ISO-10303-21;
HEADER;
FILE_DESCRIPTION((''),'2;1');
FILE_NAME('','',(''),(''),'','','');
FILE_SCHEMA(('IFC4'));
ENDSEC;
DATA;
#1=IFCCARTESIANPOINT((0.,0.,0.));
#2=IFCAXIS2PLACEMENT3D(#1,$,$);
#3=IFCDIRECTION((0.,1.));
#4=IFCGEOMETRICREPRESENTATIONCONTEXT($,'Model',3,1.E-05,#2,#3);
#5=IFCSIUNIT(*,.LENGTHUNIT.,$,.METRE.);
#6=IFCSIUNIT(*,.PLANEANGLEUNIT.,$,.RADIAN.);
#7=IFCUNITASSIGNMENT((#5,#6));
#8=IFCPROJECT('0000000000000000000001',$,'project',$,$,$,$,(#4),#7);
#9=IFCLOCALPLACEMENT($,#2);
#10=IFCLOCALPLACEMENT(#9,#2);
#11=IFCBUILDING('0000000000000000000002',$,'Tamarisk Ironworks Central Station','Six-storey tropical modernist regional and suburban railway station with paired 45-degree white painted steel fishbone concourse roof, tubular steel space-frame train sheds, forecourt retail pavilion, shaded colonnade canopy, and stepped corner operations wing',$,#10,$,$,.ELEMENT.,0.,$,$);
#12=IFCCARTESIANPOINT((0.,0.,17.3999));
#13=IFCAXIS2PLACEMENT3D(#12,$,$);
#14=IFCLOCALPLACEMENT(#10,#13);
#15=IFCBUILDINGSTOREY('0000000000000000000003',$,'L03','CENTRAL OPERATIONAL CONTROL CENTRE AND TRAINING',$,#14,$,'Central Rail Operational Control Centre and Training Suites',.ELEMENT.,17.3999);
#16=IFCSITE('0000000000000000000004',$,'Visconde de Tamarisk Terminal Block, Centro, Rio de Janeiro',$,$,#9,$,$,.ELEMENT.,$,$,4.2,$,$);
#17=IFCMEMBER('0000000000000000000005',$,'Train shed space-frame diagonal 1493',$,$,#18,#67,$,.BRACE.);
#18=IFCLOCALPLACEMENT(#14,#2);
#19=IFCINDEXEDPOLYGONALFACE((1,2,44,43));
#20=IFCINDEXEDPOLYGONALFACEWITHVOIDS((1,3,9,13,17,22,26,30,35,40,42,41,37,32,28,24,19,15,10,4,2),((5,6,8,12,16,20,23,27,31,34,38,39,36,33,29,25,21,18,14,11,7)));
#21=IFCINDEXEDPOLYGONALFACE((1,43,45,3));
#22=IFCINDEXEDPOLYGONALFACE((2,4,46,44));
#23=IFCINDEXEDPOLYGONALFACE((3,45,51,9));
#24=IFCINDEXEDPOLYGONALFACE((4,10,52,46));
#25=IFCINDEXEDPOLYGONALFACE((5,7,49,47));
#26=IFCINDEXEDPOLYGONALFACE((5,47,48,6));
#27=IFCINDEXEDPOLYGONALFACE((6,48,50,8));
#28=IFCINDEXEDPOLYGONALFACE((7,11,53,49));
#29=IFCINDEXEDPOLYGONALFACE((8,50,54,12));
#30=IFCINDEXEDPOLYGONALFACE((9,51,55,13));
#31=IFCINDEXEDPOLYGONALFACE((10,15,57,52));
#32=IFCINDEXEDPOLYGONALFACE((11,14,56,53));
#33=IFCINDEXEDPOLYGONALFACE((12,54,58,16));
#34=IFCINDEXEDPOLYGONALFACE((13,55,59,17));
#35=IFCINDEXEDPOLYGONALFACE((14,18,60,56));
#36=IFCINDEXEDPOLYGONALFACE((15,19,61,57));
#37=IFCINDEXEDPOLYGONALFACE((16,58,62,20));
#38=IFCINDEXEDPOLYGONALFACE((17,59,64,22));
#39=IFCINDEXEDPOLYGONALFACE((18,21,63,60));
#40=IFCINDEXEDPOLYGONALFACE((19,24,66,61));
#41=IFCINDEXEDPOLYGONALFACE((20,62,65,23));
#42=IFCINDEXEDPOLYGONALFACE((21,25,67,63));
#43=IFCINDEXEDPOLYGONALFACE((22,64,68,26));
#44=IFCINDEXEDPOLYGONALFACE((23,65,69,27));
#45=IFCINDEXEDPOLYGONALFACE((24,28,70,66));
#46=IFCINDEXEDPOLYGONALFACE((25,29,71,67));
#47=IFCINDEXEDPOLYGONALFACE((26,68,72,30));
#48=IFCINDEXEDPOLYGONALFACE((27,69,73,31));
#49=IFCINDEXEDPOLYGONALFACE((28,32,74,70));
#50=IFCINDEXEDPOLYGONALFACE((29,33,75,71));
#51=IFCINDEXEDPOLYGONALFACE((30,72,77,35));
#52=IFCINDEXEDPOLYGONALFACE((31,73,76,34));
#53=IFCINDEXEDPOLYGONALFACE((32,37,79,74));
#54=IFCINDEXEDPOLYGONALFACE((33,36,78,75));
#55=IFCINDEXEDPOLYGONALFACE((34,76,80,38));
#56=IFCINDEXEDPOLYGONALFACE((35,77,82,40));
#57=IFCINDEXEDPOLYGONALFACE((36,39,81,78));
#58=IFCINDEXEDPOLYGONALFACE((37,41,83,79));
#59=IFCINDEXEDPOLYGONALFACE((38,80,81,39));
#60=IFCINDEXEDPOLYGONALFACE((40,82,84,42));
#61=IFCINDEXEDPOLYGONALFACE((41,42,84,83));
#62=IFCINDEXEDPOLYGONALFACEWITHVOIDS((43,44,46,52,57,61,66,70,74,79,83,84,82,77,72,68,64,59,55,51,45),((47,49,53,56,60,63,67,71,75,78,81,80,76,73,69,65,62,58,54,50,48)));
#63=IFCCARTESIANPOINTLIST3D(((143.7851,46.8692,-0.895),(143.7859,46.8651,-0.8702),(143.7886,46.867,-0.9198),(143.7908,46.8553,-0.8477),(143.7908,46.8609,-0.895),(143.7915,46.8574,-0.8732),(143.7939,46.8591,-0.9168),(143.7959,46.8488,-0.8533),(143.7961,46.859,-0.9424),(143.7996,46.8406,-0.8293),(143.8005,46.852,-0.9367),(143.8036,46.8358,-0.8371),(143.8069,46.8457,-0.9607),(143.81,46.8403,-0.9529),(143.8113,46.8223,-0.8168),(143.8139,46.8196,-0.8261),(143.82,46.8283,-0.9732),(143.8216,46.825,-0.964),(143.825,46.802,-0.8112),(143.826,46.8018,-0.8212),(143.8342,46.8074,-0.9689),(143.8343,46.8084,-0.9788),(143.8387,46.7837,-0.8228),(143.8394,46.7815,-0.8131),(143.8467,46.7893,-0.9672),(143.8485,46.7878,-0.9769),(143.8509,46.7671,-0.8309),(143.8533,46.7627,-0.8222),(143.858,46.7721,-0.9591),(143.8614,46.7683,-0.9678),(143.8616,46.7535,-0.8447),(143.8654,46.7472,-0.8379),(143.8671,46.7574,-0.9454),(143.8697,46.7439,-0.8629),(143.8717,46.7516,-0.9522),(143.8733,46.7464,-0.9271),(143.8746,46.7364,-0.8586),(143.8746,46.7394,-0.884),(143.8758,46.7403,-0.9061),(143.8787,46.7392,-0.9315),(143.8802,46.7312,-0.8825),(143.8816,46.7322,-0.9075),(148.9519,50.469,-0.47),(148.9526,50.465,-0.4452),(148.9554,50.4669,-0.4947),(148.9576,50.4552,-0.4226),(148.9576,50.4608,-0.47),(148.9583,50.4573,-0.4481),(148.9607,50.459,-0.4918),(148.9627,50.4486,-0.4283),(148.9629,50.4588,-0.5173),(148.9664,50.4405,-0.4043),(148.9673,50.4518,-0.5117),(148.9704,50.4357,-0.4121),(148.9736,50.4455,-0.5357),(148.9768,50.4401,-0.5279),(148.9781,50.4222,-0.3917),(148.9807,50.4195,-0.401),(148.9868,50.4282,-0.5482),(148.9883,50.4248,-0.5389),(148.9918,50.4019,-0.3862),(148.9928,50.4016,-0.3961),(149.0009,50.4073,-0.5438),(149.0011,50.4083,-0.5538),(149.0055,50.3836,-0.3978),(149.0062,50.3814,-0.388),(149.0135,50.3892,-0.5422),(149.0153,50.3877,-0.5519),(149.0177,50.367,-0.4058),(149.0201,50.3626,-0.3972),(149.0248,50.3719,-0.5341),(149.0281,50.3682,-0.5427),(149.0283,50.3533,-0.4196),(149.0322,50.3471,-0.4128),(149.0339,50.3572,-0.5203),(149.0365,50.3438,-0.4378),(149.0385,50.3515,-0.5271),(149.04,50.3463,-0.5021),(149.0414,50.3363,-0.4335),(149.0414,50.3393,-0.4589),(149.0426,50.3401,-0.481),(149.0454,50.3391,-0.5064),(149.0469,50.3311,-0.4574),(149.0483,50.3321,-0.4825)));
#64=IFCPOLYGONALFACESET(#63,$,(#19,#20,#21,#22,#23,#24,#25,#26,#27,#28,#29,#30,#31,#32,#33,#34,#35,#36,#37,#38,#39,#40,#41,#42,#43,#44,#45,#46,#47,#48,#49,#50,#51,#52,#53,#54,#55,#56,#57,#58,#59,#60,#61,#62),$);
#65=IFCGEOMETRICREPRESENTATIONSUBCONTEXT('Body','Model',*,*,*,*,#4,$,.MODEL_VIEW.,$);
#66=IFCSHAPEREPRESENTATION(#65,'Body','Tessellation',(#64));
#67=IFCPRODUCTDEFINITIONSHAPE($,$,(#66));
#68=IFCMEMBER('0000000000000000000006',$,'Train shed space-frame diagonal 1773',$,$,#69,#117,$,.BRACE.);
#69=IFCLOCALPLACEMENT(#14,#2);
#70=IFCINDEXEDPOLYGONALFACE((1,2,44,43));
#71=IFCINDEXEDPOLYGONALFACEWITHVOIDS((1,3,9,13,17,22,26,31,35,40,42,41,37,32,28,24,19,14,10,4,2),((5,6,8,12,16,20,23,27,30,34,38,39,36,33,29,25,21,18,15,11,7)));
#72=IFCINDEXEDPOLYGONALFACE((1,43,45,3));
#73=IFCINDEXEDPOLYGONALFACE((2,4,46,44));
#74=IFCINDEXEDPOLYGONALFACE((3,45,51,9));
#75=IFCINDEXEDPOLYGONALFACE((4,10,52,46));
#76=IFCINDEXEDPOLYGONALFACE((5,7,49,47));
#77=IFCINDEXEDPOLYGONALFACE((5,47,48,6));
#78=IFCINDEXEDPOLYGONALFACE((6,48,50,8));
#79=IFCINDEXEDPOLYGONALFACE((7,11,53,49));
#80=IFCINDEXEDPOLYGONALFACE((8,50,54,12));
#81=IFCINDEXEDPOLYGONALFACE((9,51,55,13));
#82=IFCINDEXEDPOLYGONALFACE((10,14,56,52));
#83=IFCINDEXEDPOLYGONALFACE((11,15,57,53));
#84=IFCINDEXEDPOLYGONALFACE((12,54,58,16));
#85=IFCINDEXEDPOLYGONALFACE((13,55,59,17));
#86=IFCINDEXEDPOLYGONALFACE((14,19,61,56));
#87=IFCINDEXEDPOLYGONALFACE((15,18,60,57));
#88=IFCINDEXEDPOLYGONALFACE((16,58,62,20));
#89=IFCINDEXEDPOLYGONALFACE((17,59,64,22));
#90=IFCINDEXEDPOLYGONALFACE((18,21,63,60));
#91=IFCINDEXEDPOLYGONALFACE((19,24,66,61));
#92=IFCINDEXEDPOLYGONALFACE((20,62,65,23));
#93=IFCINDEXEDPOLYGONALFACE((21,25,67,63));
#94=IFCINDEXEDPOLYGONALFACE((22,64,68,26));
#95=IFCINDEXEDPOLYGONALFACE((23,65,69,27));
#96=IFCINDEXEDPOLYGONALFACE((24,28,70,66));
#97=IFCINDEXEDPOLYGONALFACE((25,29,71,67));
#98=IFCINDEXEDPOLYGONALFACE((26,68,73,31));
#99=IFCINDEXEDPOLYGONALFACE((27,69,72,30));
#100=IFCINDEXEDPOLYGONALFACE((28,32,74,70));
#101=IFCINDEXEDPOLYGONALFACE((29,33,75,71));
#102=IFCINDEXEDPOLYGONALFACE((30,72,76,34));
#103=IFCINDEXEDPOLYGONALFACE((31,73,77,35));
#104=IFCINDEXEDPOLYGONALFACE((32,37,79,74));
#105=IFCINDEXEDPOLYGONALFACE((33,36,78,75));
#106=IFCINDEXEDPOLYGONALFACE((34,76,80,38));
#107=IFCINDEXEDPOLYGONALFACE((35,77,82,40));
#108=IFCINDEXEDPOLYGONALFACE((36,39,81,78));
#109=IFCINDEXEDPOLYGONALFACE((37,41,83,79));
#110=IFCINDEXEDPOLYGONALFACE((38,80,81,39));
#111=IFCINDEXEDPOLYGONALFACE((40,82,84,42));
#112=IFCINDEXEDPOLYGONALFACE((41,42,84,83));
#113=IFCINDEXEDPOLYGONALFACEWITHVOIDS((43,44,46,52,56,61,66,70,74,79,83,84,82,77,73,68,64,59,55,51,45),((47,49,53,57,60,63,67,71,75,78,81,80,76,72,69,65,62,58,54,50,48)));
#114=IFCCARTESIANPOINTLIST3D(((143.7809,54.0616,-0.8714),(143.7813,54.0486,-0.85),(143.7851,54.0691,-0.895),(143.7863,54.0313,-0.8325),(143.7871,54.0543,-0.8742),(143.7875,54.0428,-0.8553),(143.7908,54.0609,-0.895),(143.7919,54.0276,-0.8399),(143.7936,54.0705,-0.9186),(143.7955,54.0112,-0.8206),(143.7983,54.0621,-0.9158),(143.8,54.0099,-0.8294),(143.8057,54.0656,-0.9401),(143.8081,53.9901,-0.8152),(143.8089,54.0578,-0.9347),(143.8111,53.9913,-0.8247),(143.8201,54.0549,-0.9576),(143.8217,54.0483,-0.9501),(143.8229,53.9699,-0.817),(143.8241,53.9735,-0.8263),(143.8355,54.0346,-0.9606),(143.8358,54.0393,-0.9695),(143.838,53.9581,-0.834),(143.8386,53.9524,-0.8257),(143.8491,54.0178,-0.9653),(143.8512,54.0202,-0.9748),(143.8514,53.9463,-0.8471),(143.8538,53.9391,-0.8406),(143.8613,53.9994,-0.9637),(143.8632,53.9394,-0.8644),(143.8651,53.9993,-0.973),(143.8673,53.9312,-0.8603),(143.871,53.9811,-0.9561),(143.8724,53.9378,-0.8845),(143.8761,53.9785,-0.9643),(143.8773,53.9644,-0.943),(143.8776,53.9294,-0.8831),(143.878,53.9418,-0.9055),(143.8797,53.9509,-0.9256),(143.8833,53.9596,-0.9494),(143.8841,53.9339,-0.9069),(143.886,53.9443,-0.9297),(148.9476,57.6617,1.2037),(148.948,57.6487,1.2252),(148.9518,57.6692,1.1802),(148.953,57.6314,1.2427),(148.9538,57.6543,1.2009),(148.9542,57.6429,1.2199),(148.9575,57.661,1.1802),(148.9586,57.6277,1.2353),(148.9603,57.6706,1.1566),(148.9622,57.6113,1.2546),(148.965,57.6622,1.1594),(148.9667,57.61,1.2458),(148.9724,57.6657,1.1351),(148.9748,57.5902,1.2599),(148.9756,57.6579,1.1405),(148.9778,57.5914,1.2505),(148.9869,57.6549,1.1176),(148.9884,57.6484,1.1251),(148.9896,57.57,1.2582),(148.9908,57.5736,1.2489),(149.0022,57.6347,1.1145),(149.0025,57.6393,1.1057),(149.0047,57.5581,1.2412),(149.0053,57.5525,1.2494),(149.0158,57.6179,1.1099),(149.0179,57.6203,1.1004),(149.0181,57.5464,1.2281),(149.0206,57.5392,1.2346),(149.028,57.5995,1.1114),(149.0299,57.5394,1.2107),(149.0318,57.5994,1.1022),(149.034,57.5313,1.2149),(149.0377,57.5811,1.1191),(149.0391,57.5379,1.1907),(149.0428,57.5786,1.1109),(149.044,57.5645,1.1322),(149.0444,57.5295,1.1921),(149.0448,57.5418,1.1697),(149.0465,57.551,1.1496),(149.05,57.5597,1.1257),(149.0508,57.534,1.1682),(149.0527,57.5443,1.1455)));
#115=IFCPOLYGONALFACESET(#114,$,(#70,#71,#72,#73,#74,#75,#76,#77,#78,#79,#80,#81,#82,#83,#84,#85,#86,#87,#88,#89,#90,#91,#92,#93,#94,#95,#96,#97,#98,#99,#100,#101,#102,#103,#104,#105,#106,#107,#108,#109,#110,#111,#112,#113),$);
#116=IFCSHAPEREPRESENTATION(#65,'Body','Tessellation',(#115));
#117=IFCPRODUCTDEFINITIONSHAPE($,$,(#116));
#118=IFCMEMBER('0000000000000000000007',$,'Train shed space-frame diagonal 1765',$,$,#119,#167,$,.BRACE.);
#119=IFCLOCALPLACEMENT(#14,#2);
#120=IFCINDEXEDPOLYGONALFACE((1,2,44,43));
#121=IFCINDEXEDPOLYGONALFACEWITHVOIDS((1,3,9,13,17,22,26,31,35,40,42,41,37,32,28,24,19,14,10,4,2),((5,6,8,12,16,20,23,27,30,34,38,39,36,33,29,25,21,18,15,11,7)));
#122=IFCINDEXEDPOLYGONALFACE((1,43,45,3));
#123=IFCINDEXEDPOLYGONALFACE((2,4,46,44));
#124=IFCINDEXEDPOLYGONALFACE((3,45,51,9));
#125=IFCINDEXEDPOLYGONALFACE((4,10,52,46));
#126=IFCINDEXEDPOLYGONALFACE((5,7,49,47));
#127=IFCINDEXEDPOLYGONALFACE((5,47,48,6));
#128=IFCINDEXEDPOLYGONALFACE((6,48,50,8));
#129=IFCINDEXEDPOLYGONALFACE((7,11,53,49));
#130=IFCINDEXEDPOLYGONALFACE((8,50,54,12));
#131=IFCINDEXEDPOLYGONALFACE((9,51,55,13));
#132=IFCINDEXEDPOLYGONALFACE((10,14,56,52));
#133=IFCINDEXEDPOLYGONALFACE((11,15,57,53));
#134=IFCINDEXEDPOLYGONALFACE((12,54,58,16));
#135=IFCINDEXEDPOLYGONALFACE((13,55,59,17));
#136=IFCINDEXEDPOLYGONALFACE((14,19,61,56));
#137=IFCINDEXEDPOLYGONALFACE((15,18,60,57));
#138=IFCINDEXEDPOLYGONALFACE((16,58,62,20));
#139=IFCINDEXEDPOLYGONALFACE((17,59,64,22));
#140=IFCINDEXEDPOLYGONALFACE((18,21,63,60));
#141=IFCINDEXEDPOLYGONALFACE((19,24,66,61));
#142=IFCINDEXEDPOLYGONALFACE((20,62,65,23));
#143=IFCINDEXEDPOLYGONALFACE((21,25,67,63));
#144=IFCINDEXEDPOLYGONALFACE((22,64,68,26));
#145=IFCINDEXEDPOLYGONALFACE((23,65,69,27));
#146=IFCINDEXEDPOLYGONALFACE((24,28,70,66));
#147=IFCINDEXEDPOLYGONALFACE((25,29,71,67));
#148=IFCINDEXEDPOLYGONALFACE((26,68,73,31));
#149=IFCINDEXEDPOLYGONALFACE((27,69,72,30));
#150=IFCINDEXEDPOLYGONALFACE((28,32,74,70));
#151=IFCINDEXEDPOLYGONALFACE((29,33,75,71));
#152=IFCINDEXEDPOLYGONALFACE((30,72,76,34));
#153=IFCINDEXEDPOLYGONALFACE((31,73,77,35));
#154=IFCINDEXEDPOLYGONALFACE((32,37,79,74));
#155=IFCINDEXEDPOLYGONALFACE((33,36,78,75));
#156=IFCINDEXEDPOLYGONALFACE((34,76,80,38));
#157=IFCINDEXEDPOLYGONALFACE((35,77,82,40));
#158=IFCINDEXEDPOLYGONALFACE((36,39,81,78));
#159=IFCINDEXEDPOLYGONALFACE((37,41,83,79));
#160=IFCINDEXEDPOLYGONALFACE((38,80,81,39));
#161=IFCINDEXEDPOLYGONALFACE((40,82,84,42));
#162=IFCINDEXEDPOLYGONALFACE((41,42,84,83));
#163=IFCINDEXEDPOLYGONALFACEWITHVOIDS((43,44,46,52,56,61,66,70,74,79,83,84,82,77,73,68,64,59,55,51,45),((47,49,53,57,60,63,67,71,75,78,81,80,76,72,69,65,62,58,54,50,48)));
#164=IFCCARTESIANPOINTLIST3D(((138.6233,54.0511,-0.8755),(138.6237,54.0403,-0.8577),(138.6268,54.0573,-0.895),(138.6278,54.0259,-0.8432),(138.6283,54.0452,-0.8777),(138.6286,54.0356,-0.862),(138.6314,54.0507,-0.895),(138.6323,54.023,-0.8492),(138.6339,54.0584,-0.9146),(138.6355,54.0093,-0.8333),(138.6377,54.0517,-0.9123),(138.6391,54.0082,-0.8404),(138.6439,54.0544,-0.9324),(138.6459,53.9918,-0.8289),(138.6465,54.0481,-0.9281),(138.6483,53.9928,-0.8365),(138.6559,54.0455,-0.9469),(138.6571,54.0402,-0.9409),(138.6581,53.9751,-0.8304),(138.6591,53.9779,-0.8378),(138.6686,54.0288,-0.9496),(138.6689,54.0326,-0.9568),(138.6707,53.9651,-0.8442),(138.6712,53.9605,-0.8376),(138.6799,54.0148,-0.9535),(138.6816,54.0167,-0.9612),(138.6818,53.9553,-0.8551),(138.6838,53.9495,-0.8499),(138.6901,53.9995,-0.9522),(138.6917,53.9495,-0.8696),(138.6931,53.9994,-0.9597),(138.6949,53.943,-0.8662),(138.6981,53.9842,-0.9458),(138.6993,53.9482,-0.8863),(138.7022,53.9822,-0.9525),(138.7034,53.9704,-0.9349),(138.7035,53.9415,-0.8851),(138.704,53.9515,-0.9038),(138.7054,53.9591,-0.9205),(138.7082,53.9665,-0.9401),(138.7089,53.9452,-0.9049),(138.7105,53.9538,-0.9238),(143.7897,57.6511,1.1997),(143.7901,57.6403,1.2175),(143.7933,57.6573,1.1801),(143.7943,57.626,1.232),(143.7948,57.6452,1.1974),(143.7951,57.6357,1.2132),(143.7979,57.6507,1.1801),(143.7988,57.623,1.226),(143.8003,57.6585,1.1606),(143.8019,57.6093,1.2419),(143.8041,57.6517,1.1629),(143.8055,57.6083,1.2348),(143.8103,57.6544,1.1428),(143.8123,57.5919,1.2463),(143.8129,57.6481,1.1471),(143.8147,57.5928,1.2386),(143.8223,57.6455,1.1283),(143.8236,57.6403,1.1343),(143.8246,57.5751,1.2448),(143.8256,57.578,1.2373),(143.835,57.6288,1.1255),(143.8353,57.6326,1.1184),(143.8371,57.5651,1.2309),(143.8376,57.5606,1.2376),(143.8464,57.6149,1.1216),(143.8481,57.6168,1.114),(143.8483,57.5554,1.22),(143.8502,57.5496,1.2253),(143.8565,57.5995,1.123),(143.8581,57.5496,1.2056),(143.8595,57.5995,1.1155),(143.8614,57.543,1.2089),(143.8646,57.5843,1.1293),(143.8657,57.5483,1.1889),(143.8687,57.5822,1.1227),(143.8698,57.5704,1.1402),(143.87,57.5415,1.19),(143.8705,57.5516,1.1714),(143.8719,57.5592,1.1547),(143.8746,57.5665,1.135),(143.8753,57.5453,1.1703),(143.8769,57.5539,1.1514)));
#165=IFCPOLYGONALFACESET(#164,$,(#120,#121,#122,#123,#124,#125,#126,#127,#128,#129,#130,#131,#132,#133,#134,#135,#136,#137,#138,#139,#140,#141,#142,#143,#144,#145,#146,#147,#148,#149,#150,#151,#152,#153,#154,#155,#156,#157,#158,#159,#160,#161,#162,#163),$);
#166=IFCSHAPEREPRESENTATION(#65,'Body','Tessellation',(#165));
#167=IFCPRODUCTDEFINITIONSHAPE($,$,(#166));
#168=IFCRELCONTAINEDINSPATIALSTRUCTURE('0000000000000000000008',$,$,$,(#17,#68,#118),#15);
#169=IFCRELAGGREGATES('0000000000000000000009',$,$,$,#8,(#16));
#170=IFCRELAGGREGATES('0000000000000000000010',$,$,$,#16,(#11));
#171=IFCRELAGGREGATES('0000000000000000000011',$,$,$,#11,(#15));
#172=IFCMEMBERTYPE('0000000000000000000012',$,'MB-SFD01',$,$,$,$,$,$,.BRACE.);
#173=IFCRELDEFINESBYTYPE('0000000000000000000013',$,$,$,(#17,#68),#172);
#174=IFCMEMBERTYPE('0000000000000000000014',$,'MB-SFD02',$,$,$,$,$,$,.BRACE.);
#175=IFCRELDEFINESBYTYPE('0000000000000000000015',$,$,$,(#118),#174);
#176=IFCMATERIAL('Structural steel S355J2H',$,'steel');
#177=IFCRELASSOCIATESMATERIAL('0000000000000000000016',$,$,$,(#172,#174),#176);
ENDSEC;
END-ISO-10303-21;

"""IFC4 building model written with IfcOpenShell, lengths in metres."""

from ifc_helpers import new_model, si_unit, direction, frame, origin, origin_2d, place, context, subcontext, project, spatial, hollow_circle, extrude, material, material_profile, profile_set, type_object, element, save


model = new_model("IFC4")

# Units and contexts
model_context = context("Model", 3, precision=1e-05, world=origin(), true_north=direction((0.0, 1.0)))
body_context = subcontext(model_context, "Body", "Model", "MODEL_VIEW")
ifc_project = project(units=[si_unit("LENGTHUNIT", "METRE"), si_unit("PLANEANGLEUNIT", "RADIAN")], contexts=[model_context])

# Site, building, storey
site_placement = place(None, origin())
site = spatial("IfcSite", under=ifc_project, at=site_placement, Name="Visconde de Tamarisk Terminal Block, Centro, Rio de Janeiro", CompositionType="ELEMENT", RefElevation=4.2)
building_placement = place(site_placement, origin())
building = spatial("IfcBuilding", under=site, at=building_placement, Name="Tamarisk Ironworks Central Station", Description="Six-storey tropical modernist regional and suburban railway station with paired 45-degree white painted steel fishbone concourse roof, tubular steel space-frame train sheds, forecourt retail pavilion, shaded colonnade canopy, and stepped corner operations wing", CompositionType="ELEMENT", ElevationOfRefHeight=0.0)
storey_placement = place(building_placement, frame((0.0, 0.0, 17.3999)))
storey = spatial("IfcBuildingStorey", under=building, at=storey_placement, Name="L03", Description="CENTRAL OPERATIONAL CONTROL CENTRE AND TRAINING", LongName="Central Rail Operational Control Centre and Training Suites", CompositionType="ELEMENT", Elevation=17.3999)

# Members
ifc_material_1 = material(Name="Structural steel S355J2H", Category="steel")
ifc_material_profile_1 = material_profile(ifc_material_1, hollow_circle(Radius=0.0842, WallThickness=0.01, at=origin_2d()), Name="CHS 168.3x10")
ifc_profile_set_1 = profile_set([ifc_material_profile_1], Name="Structural steel S355J2H")
member_type_1 = type_object("IfcMemberType", Name="MB-SFD01", PredefinedType="BRACE", material=ifc_profile_set_1)
member_1_placement = place(storey_placement, frame((143.8333, 46.8, -0.895), z_axis=(0.818626, 0.570365, 0.067345), x_axis=(-0.571663, 0.820489, 0.0)))
element("IfcMember", 1, at=member_1_placement, inside=storey, type_object=member_type_1, Name="Train shed space-frame diagonal 1493", PredefinedType="BRACE", context=body_context, shape_type="SweptSolid", body=[
    extrude(hollow_circle(Radius=0.0842, WallThickness=0.01, at=origin_2d()), origin(), (0.0, 0.0, 1.0), 6.3115),
])
member_2_placement = place(storey_placement, frame((143.8333, 54.0, -0.895), z_axis=(0.779249, 0.542967, 0.312981), x_axis=(-0.571689, 0.82047, 0.0)))
element("IfcMember", 2, at=member_2_placement, inside=storey, type_object=member_type_1, Name="Train shed space-frame diagonal 1773", PredefinedType="BRACE", context=body_context, shape_type="SweptSolid", body=[
    extrude(hollow_circle(Radius=0.0842, WallThickness=0.01, at=origin_2d()), origin(), (0.0, 0.0, 1.0), 6.6304),
])
ifc_material_profile_2 = material_profile(ifc_material_1, hollow_circle(Radius=0.0698, WallThickness=0.0081, at=origin_2d()), Name="CHS 139.7x8")
ifc_profile_set_2 = profile_set([ifc_material_profile_2], Name="Structural steel S355J2H")
member_type_2 = type_object("IfcMemberType", Name="MB-SFD02", PredefinedType="BRACE", material=ifc_profile_set_2)
member_3_placement = place(storey_placement, frame((138.6667, 54.0, -0.895), z_axis=(0.779235, 0.542983, 0.31299), x_axis=(-0.571707, 0.820458, 0.0)))
element("IfcMember", 3, at=member_3_placement, inside=storey, type_object=member_type_2, Name="Train shed space-frame diagonal 1765", PredefinedType="BRACE", context=body_context, shape_type="SweptSolid", body=[
    extrude(hollow_circle(Radius=0.0698, WallThickness=0.0081, at=origin_2d()), origin(), (0.0, 0.0, 1.0), 6.6301),
])

save(model, "model.ifc")
